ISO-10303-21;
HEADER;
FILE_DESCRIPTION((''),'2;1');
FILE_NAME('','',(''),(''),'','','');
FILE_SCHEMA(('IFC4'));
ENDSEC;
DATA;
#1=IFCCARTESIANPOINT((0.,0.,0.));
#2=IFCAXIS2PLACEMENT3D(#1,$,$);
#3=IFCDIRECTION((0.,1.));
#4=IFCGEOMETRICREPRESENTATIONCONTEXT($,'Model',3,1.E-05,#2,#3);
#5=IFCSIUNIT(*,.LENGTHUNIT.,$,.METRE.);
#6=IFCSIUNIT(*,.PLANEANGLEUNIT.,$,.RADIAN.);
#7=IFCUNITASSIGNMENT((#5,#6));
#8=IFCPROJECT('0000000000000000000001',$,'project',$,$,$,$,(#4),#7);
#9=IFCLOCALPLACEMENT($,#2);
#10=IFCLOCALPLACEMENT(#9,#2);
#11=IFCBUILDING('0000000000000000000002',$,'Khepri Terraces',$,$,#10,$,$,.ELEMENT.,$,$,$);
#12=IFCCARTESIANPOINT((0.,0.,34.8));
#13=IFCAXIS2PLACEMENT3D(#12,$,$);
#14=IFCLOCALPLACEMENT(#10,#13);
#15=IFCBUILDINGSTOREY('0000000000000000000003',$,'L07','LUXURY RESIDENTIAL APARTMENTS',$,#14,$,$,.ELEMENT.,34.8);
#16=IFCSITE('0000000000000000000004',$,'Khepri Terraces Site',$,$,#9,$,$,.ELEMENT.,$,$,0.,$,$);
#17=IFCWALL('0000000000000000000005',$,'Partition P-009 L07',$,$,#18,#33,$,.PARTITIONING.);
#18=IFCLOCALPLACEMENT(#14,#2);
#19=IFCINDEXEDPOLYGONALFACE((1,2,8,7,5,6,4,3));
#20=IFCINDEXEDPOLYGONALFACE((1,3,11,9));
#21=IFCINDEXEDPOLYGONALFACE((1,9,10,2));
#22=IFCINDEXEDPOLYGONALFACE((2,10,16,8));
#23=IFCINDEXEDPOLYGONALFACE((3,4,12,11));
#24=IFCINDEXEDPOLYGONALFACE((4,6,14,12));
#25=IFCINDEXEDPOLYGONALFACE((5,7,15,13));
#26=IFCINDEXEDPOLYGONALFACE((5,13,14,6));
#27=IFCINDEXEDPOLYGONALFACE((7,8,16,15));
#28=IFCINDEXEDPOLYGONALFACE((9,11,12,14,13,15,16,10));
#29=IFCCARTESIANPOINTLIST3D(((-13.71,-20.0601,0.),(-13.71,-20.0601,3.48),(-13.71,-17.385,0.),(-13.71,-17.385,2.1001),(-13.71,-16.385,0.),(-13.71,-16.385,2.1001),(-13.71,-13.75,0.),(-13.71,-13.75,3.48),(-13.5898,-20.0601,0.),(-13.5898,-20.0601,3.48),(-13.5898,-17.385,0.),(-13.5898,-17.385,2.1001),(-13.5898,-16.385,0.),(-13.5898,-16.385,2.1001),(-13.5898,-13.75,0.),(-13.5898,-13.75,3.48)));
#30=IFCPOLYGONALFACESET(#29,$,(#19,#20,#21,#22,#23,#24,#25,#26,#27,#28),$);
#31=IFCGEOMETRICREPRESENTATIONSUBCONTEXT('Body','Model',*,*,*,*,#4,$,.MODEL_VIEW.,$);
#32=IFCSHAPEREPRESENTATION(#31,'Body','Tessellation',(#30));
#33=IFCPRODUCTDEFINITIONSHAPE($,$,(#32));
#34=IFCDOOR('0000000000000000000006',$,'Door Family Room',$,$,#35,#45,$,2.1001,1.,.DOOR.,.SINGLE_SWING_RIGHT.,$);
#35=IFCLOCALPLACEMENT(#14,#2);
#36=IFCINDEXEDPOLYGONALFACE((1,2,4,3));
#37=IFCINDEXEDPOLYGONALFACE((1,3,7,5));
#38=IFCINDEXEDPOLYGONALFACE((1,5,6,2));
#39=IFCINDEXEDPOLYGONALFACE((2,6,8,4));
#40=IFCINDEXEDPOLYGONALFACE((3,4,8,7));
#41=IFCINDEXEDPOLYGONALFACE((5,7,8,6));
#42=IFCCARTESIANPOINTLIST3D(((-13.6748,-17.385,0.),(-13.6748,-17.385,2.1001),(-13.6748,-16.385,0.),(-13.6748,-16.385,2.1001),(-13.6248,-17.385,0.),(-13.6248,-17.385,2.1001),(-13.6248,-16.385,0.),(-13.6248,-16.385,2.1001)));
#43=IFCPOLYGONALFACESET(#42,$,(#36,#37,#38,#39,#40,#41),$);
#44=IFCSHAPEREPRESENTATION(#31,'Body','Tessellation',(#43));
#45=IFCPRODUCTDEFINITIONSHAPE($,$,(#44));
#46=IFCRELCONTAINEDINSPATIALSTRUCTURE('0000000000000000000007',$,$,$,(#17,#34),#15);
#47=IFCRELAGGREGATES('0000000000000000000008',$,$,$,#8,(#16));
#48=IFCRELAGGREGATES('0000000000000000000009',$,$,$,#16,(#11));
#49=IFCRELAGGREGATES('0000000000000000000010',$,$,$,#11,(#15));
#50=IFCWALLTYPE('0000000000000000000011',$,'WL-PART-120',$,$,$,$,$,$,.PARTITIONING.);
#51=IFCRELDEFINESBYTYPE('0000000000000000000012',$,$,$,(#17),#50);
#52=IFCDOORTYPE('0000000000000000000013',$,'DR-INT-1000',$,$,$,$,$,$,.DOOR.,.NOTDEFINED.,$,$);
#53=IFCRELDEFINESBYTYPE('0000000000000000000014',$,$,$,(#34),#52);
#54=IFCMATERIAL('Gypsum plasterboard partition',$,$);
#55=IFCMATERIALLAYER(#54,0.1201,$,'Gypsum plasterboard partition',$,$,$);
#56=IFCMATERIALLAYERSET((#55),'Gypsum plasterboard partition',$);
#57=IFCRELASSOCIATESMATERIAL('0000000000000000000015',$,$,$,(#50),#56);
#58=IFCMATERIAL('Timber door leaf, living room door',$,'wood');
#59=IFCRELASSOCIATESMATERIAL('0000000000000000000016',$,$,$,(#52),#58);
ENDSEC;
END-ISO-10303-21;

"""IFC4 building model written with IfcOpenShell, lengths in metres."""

from ifc_helpers import new_model, si_unit, direction, frame, frame_2d, origin, place, context, subcontext, project, spatial, rectangle, extrude, material, layer, layer_set, type_object, element, fill, save


model = new_model("IFC4")

# Units and contexts
model_context = context("Model", 3, precision=1e-05, world=origin(), true_north=direction((0.0, 1.0)))
body_context = subcontext(model_context, "Body", "Model", "MODEL_VIEW")
ifc_project = project(units=[si_unit("LENGTHUNIT", "METRE"), si_unit("PLANEANGLEUNIT", "RADIAN")], contexts=[model_context])

# Site, building, storey
site_placement = place(None, origin())
site = spatial("IfcSite", under=ifc_project, at=site_placement, Name="Khepri Terraces Site", CompositionType="ELEMENT", RefElevation=0.0)
building_placement = place(site_placement, origin())
building = spatial("IfcBuilding", under=site, at=building_placement, Name="Khepri Terraces", CompositionType="ELEMENT")
storey_placement = place(building_placement, frame((0.0, 0.0, 34.8)))
storey = spatial("IfcBuildingStorey", under=building, at=storey_placement, Name="L07", Description="LUXURY RESIDENTIAL APARTMENTS", CompositionType="ELEMENT", Elevation=34.8)

# Shared definitions
ifc_material_1 = material(Name="Gypsum plasterboard partition")
ifc_layer_1 = layer(ifc_material_1, 0.1201, Name="Gypsum plasterboard partition")
ifc_layer_set_1 = layer_set([ifc_layer_1], Name="Gypsum plasterboard partition")
wall_type_1 = type_object("IfcWallType", Name="WL-PART-120", PredefinedType="PARTITIONING", material=ifc_layer_set_1)

# Shared definitions
ifc_material_2 = material(Name="Timber door leaf, living room door", Category="wood")
door_type_1 = type_object("IfcDoorType", Name="DR-INT-1000", OperationType="NOTDEFINED", PredefinedType="DOOR", material=ifc_material_2)

# Wall, opening, door
wall_1_placement = place(storey_placement, frame((-13.6499, -20.0601, 0.0), z_axis=(0.0, 0.0, 1.0), x_axis=(0.0, 1.0, 0.0)))
wall_1 = element("IfcWall", 1, at=wall_1_placement, inside=storey, type_object=wall_type_1, Name="Partition P-009 L07", PredefinedType="PARTITIONING", context=body_context, shape_type="SweptSolid", body=[
    extrude(rectangle(XDim=6.3101, YDim=0.1201, at=frame_2d((3.155, 0.0))), origin(), (0.0, 0.0, 1.0), 3.48),
])
opening_1_placement = place(wall_1_placement, frame((2.675, 0.0, 0.0)))
opening_1 = element("IfcOpeningElement", 2, at=opening_1_placement, cuts=wall_1, PredefinedType="OPENING", context=body_context, shape_type="SweptSolid", body=[
    extrude(rectangle(XDim=1.0, YDim=2.1001, at=frame_2d((0.5, 1.05))), frame((0.0, 0.0701, 0.0), z_axis=(0.0, -1.0, 0.0), x_axis=(1.0, 0.0, 0.0)), (0.0, 0.0, 1.0), 0.1401),
])
door_1_placement = place(opening_1_placement, origin())
door_1 = element("IfcDoor", 3, at=door_1_placement, inside=storey, type_object=door_type_1, Name="Door Family Room", OperationType="SINGLE_SWING_RIGHT", OverallHeight=2.1001, OverallWidth=1.0, PredefinedType="DOOR", context=body_context, shape_type="SweptSolid", body=[
    extrude(rectangle(XDim=1.0, YDim=2.1001, at=frame_2d((0.5, 1.05))), frame((0.0, 0.0249, 0.0), z_axis=(0.0, -1.0, 0.0), x_axis=(1.0, 0.0, 0.0)), (0.0, 0.0, 1.0), 0.05),
])
fill(opening_1, door_1)

save(model, "model.ifc")
